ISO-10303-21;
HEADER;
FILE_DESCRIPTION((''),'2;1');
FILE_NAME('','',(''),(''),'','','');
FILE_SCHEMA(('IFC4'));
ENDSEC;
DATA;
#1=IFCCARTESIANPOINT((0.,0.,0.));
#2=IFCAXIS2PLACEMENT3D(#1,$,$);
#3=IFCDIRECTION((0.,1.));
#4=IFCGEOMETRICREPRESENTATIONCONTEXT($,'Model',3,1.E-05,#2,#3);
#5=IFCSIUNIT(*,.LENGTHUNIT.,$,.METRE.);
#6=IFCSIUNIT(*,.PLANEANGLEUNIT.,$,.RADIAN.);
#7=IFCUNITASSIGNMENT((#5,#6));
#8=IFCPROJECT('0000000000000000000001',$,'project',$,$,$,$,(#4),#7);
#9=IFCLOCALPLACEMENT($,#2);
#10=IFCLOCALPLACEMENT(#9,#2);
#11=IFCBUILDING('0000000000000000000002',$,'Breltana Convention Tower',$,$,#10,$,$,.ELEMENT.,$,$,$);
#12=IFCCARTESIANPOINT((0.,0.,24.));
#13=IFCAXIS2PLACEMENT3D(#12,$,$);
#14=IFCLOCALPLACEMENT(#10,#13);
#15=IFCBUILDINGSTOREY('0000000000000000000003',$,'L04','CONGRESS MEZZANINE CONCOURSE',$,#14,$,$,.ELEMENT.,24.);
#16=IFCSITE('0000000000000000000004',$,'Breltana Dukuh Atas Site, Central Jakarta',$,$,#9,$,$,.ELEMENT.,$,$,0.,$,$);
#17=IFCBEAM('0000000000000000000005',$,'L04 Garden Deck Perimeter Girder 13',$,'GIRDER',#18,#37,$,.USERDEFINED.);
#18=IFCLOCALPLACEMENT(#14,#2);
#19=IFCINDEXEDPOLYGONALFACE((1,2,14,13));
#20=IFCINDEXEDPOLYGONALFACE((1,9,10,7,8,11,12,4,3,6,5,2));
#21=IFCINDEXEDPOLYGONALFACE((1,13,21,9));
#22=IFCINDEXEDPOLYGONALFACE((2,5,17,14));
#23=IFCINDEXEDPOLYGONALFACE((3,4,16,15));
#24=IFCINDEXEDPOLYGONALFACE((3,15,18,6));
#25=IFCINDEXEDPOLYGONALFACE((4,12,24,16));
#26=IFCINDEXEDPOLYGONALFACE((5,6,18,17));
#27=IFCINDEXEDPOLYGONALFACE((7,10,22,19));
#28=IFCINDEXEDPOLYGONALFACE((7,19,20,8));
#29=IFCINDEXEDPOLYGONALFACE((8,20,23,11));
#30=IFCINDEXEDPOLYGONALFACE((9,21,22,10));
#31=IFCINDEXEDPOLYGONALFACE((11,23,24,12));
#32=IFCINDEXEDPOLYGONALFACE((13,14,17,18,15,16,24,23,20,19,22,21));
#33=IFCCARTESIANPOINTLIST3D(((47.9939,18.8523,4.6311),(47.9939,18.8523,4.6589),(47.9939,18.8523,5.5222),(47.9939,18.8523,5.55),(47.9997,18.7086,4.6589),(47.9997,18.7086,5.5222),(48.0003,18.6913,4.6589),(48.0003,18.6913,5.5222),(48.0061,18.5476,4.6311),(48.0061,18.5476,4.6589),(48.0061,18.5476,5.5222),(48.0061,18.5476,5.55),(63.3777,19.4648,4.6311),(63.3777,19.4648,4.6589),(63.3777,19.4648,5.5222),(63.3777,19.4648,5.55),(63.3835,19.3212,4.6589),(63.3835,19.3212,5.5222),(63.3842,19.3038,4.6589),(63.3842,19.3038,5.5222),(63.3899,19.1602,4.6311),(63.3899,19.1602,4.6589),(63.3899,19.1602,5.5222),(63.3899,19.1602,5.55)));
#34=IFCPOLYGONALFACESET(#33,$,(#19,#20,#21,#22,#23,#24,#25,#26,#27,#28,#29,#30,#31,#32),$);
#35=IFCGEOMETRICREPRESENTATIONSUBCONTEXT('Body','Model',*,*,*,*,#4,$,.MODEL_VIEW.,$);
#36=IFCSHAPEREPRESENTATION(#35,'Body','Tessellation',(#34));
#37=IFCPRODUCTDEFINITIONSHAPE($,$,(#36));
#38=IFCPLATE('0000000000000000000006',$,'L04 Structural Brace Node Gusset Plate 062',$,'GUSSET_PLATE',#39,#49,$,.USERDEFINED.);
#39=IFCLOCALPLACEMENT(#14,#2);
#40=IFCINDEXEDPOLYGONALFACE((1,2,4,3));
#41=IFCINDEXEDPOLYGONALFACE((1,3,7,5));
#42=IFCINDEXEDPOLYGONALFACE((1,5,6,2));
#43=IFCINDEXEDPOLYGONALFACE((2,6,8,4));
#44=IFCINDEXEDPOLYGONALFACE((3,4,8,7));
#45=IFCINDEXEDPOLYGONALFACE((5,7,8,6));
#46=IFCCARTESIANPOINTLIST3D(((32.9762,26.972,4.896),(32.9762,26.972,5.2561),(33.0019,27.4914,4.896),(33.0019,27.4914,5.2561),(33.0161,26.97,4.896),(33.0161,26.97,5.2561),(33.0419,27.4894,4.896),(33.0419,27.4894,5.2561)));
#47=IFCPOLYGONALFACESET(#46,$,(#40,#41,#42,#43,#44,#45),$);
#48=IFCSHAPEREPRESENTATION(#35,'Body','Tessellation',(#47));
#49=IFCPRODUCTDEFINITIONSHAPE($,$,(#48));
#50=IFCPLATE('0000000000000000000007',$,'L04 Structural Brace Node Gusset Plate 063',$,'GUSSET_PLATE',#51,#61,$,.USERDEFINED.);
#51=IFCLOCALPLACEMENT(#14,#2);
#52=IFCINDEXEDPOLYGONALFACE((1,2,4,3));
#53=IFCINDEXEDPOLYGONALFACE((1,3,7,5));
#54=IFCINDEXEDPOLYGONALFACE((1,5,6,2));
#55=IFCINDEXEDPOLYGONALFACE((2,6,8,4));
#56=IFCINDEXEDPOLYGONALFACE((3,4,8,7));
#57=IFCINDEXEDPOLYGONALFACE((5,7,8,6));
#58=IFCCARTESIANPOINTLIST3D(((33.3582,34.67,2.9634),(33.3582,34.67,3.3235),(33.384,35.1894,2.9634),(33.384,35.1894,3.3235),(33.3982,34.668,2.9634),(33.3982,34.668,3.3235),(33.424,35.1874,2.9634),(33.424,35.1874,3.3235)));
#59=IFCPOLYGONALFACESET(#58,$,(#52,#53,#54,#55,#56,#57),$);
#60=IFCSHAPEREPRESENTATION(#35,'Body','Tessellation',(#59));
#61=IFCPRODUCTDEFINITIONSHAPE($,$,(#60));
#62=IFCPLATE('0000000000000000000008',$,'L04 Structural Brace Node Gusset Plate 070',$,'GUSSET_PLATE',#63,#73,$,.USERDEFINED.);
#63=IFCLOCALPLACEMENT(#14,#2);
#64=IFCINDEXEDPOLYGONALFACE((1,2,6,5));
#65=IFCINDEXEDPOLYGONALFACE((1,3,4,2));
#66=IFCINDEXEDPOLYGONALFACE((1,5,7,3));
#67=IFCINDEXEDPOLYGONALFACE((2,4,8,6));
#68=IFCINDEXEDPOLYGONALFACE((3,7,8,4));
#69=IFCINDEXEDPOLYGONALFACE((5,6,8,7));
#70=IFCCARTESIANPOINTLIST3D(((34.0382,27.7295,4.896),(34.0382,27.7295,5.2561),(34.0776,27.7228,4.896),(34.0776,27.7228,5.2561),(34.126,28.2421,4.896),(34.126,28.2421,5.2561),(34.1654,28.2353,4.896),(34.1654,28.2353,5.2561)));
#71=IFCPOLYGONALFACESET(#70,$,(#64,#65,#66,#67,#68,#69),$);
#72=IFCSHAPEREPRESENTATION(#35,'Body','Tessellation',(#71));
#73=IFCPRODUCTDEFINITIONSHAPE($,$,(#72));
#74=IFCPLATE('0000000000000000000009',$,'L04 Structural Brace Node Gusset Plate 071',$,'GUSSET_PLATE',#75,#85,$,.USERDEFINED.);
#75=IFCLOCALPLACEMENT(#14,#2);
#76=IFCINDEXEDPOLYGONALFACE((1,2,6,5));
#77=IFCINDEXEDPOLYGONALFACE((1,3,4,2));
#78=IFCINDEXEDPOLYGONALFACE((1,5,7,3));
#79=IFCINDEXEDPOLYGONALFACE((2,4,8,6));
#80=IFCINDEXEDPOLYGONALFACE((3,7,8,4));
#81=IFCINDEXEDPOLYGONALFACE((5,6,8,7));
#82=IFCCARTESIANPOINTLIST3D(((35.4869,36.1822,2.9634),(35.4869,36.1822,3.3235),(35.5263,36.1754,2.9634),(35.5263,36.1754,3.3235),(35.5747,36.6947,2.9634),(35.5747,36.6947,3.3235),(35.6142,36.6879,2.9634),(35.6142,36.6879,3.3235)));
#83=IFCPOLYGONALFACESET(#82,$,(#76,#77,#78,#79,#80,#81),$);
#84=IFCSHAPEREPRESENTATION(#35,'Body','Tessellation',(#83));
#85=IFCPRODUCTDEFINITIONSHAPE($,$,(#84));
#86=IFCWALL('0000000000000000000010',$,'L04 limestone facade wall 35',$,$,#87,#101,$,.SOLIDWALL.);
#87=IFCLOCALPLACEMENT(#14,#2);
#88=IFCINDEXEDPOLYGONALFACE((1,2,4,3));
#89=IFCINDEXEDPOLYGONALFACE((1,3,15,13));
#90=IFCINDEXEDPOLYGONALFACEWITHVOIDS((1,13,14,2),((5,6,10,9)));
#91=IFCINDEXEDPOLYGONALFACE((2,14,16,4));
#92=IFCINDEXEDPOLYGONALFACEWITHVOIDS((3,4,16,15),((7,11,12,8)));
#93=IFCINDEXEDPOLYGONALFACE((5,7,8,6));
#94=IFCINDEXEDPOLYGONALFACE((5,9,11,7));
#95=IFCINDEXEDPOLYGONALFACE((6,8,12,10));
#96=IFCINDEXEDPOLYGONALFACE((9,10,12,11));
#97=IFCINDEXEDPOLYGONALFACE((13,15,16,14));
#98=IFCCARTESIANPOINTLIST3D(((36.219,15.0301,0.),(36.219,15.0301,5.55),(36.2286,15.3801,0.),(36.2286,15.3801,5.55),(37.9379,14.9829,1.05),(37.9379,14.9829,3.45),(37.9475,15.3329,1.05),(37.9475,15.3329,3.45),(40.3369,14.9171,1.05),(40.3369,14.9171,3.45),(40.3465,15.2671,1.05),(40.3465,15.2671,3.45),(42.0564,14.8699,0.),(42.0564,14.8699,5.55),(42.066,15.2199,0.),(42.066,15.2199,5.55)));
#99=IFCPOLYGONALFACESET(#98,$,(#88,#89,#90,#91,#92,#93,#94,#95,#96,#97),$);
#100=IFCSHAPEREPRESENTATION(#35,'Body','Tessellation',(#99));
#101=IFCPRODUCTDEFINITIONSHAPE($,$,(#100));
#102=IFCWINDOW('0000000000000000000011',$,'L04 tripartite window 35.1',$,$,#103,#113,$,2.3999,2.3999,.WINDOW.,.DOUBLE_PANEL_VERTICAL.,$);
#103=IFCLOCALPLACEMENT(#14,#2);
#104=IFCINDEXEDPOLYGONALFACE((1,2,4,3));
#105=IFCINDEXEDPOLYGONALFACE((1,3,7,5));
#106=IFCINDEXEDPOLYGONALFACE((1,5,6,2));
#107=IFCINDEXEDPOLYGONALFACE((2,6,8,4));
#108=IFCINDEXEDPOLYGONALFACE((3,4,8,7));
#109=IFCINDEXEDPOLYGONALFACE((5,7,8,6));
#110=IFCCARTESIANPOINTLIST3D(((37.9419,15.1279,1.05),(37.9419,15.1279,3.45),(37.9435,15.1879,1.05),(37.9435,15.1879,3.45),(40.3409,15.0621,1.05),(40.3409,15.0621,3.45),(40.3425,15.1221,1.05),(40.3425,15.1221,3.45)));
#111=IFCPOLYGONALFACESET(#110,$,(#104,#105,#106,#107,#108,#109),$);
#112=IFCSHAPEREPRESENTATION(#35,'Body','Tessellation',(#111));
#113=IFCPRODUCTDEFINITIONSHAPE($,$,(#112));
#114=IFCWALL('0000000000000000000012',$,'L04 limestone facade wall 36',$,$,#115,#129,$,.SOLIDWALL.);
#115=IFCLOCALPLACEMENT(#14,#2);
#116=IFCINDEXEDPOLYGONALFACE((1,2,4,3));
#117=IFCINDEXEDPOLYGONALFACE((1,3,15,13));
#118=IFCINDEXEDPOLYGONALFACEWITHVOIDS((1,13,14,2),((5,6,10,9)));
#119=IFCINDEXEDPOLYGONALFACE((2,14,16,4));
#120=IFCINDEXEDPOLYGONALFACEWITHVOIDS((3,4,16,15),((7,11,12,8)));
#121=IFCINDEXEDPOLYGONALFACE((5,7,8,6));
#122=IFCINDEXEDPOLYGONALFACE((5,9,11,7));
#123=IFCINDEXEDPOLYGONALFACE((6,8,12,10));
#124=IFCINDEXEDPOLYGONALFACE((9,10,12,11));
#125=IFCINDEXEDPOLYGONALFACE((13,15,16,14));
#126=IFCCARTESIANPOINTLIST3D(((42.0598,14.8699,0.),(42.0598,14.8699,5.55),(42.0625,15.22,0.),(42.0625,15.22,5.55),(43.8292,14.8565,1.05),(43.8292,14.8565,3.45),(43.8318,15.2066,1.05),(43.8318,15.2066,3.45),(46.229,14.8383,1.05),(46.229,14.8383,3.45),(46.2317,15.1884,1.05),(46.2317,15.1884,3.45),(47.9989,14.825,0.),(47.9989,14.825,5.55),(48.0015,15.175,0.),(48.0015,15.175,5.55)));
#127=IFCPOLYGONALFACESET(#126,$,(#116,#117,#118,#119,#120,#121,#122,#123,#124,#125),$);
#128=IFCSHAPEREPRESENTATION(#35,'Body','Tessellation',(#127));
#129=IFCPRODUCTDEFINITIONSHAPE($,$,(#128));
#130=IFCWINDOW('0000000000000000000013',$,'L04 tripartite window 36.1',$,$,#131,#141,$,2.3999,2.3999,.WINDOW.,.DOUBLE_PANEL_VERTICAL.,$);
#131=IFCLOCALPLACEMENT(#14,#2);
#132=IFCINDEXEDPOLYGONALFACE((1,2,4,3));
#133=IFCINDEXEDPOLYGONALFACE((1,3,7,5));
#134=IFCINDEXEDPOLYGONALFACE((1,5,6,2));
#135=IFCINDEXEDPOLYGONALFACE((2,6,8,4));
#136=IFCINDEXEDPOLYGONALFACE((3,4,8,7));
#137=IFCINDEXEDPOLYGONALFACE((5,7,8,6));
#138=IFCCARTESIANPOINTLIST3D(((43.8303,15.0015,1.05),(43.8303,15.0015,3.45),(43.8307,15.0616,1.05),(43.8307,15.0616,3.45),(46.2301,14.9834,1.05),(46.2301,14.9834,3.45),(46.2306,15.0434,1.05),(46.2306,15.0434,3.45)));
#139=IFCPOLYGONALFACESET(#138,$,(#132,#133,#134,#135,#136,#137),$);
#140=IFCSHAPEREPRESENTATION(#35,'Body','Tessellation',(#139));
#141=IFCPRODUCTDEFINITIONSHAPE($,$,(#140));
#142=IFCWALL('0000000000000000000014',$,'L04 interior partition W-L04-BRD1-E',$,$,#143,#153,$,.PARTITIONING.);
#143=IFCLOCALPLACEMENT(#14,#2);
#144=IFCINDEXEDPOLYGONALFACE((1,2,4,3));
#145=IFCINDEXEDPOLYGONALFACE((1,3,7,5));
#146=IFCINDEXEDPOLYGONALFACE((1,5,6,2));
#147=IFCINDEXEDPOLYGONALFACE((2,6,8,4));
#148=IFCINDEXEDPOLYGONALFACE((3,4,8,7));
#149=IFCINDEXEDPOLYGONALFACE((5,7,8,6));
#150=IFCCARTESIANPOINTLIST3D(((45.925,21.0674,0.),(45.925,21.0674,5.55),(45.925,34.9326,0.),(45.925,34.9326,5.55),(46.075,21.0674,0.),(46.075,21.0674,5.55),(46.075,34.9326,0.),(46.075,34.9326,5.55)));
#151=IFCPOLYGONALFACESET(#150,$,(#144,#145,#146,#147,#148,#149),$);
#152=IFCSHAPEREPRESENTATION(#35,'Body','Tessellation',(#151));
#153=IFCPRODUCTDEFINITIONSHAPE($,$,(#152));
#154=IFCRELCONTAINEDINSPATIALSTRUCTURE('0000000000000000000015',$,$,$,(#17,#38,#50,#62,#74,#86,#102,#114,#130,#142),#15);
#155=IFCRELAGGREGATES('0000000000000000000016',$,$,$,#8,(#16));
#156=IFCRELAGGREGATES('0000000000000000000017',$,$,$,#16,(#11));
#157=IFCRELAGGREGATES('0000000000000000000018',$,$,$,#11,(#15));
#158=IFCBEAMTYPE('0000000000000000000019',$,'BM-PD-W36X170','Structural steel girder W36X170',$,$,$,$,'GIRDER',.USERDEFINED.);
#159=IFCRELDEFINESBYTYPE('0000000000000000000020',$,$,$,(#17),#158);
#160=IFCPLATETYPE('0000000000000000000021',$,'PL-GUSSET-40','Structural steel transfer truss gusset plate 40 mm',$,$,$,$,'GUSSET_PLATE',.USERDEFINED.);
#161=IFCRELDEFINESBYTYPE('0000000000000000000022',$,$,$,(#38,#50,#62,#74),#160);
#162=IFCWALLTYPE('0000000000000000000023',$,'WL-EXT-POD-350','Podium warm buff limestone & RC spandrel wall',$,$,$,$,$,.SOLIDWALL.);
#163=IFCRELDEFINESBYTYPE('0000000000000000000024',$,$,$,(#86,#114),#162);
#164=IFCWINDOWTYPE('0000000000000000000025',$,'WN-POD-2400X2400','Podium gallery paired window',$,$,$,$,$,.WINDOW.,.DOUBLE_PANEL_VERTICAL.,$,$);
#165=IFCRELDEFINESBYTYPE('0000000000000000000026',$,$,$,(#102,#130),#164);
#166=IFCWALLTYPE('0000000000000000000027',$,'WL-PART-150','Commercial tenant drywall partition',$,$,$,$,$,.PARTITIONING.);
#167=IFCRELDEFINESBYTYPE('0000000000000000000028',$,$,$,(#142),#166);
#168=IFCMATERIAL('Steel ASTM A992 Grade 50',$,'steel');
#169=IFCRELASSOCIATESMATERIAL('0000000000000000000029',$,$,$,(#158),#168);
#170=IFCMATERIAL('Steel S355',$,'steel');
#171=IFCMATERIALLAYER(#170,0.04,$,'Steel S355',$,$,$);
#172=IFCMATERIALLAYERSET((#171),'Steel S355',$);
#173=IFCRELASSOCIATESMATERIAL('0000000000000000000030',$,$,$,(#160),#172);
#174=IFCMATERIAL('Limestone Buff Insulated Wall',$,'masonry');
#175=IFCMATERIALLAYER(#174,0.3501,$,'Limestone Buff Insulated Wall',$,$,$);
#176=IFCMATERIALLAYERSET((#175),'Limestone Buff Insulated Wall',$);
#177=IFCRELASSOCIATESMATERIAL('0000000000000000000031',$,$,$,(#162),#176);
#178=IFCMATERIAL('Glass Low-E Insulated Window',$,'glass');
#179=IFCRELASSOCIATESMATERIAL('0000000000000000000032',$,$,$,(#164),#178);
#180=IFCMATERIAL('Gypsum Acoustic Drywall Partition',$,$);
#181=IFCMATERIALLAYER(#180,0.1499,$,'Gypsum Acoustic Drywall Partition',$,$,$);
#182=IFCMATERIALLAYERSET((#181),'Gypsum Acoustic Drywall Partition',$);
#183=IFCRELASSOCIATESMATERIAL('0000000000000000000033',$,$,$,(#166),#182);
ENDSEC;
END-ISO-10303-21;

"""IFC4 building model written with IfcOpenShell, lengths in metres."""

from ifc_helpers import new_model, si_unit, direction, frame, frame_2d, origin, origin_2d, place, context, subcontext, project, spatial, rectangle, i_section, extrude, source, transform, mapped, material, layer, layer_set, material_profile, profile_set, type_object, type_shapes, element, fill, save


model = new_model("IFC4")

# Units and contexts
model_context = context("Model", 3, precision=1e-05, world=origin(), true_north=direction((0.0, 1.0)))
body_context = subcontext(model_context, "Body", "Model", "MODEL_VIEW")
ifc_project = project(units=[si_unit("LENGTHUNIT", "METRE"), si_unit("PLANEANGLEUNIT", "RADIAN")], contexts=[model_context])

# Site, building, storey
site_placement = place(None, origin())
site = spatial("IfcSite", under=ifc_project, at=site_placement, Name="Breltana Dukuh Atas Site, Central Jakarta", CompositionType="ELEMENT", RefElevation=0.0)
building_placement = place(site_placement, origin())
building = spatial("IfcBuilding", under=site, at=building_placement, Name="Breltana Convention Tower", CompositionType="ELEMENT")
storey_placement = place(building_placement, frame((0.0, 0.0, 24.0)))
storey = spatial("IfcBuildingStorey", under=building, at=storey_placement, Name="L04", Description="CONGRESS MEZZANINE CONCOURSE", CompositionType="ELEMENT", Elevation=24.0)

# Shared definitions
ifc_material_1 = material(Name="Steel ASTM A992 Grade 50", Category="steel")

# Beam
ifc_material_profile_1 = material_profile(ifc_material_1, i_section(OverallWidth=0.3049, OverallDepth=0.9189, WebThickness=0.0173, FlangeThickness=0.0278, at=origin_2d()), Name="W36X170")
ifc_profile_set_1 = profile_set([ifc_material_profile_1], Name="Steel ASTM A992 Grade 50")
beam_type_1 = type_object("IfcBeamType", Name="BM-PD-W36X170", Description="Structural steel girder W36X170", ElementType="GIRDER", PredefinedType="USERDEFINED", material=ifc_profile_set_1)
shared_shape_1 = source(origin(), body_context, "Body", "SweptSolid", [
    extrude(i_section(OverallWidth=0.3049, OverallDepth=0.9189, WebThickness=0.0173, FlangeThickness=0.0278, at=origin_2d()), origin(), (0.0, 0.0, 1.0), 15.396),
])
beam_1_placement = place(storey_placement, frame((48.0, 18.7, 5.0906), z_axis=(0.999208, 0.039786, 0.0), x_axis=(-0.039786, 0.999208, 0.0)))
element("IfcBeam", 1, at=beam_1_placement, inside=storey, type_object=beam_type_1, Name="L04 Garden Deck Perimeter Girder 13", ObjectType="GIRDER", PredefinedType="USERDEFINED", context=body_context, shape_type="MappedRepresentation", body=[
    mapped(shared_shape_1, transform((0.0, 0.0, 0.0), scale=1.0)),
])

# Plates
ifc_material_2 = material(Name="Steel S355", Category="steel")
ifc_layer_1 = layer(ifc_material_2, 0.04, Name="Steel S355")
ifc_layer_set_1 = layer_set([ifc_layer_1], Name="Steel S355")
plate_type = type_object("IfcPlateType", Name="PL-GUSSET-40", Description="Structural steel transfer truss gusset plate 40 mm", ElementType="GUSSET_PLATE", PredefinedType="USERDEFINED", material=ifc_layer_set_1)
shared_shape_2 = source(origin(), body_context, "Body", "SweptSolid", [
    extrude(rectangle(XDim=0.52, YDim=0.04, at=origin_2d()), origin(), (0.0, 0.0, 1.0), 0.3601),
])
for number, where, z_axis, x_axis, name in (
    (2, (33.009, 27.2307, 4.896), (0.0, 0.0, 1.0), (0.049547, 0.998772, 0.0), "L04 Structural Brace Node Gusset Plate 062"),
    (3, (33.3911, 34.9287, 2.9634), (0.0, 0.0, 1.0), (0.049547, 0.998772, 0.0), "L04 Structural Brace Node Gusset Plate 063"),
    (4, (34.1018, 27.9824, 4.896), (0.0, 0.0, 1.0), (0.168833, 0.985645, 0.0), "L04 Structural Brace Node Gusset Plate 070"),
    (5, (35.5505, 36.4351, 2.9634), (0.0, 0.0, 1.0), (0.169005, 0.985615, 0.0), "L04 Structural Brace Node Gusset Plate 071"),
):
    element("IfcPlate", number, at=place(storey_placement, frame(where, z_axis=z_axis, x_axis=x_axis)), inside=storey, type_object=plate_type, Name=name, ObjectType="GUSSET_PLATE", PredefinedType="USERDEFINED", context=body_context, shape_type="MappedRepresentation", body=[
        mapped(shared_shape_2, transform((0.0, 0.0, 0.0), scale=1.0)),
    ])

# Walls, openings, windows
ifc_material_3 = material(Name="Limestone Buff Insulated Wall", Category="masonry")
ifc_layer_2 = layer(ifc_material_3, 0.3501, Name="Limestone Buff Insulated Wall")
ifc_layer_set_2 = layer_set([ifc_layer_2], Name="Limestone Buff Insulated Wall")
wall_type_1 = type_object("IfcWallType", Name="WL-EXT-POD-350", Description="Podium warm buff limestone & RC spandrel wall", PredefinedType="SOLIDWALL", material=ifc_layer_set_2)
shared_shape_3 = source(origin(), body_context, "Body", "SweptSolid", [
    extrude(rectangle(XDim=5.8396, YDim=0.3501, at=frame_2d((2.9199, 0.0))), origin(), (0.0, 0.0, 1.0), 5.55),
])
wall_1_placement = place(storey_placement, frame((36.2236, 15.2051, 0.0), z_axis=(0.0, 0.0, 1.0), x_axis=(0.999624, -0.027426, 0.0)))
wall_1 = element("IfcWall", 6, at=wall_1_placement, inside=storey, type_object=wall_type_1, Name="L04 limestone facade wall 35", PredefinedType="SOLIDWALL", context=body_context, shape_type="MappedRepresentation", body=[
    mapped(shared_shape_3, transform((0.0, 0.0, 0.0), scale=1.0)),
])
opening_1_placement = place(wall_1_placement, frame((1.7197, 0.0, 1.05)))
opening_1 = element("IfcOpeningElement", 7, at=opening_1_placement, cuts=wall_1, PredefinedType="OPENING", context=body_context, shape_type="SweptSolid", body=[
    extrude(rectangle(XDim=2.3999, YDim=2.3999, at=frame_2d((1.2, 1.2))), frame((0.0, 0.1851, 0.0), z_axis=(0.0, -1.0, 0.0), x_axis=(1.0, 0.0, 0.0)), (0.0, 0.0, 1.0), 0.3701),
])
ifc_material_4 = material(Name="Glass Low-E Insulated Window", Category="glass")
window_type = type_object("IfcWindowType", Name="WN-POD-2400X2400", Description="Podium gallery paired window", PartitioningType="DOUBLE_PANEL_VERTICAL", PredefinedType="WINDOW", material=ifc_material_4)
shared_shape_4 = source(origin(), body_context, "Body", "SweptSolid", [
    extrude(rectangle(XDim=2.3999, YDim=2.3999, at=frame_2d((1.2, 1.2))), frame((0.0, 0.03, 0.0), z_axis=(0.0, -1.0, 0.0), x_axis=(1.0, 0.0, 0.0)), (0.0, 0.0, 1.0), 0.0601),
])
type_shapes(window_type, [shared_shape_4])
window_1_placement = place(opening_1_placement, origin())
window_1 = element("IfcWindow", 8, at=window_1_placement, inside=storey, type_object=window_type, Name="L04 tripartite window 35.1", OverallHeight=2.3999, OverallWidth=2.3999, PartitioningType="DOUBLE_PANEL_VERTICAL", PredefinedType="WINDOW", context=body_context, shape_type="MappedRepresentation", body=[
    mapped(shared_shape_4, transform((0.0, 0.0, 0.0), scale=1.0)),
])
fill(opening_1, window_1)
shared_shape_5 = source(origin(), body_context, "Body", "SweptSolid", [
    extrude(rectangle(XDim=5.9392, YDim=0.3501, at=frame_2d((2.9697, 0.0))), origin(), (0.0, 0.0, 1.0), 5.55),
])
wall_2_placement = place(storey_placement, frame((42.061, 15.0449, 0.0), z_axis=(0.0, 0.0, 1.0), x_axis=(0.999971, -0.007564, 0.0)))
wall_2 = element("IfcWall", 9, at=wall_2_placement, inside=storey, type_object=wall_type_1, Name="L04 limestone facade wall 36", PredefinedType="SOLIDWALL", context=body_context, shape_type="MappedRepresentation", body=[
    mapped(shared_shape_5, transform((0.0, 0.0, 0.0), scale=1.0)),
])
opening_2_placement = place(wall_2_placement, frame((1.7695, 0.0, 1.05)))
opening_2 = element("IfcOpeningElement", 10, at=opening_2_placement, cuts=wall_2, PredefinedType="OPENING", context=body_context, shape_type="SweptSolid", body=[
    extrude(rectangle(XDim=2.3999, YDim=2.3999, at=frame_2d((1.2, 1.2))), frame((0.0, 0.1851, 0.0), z_axis=(0.0, -1.0, 0.0), x_axis=(1.0, 0.0, 0.0)), (0.0, 0.0, 1.0), 0.3701),
])
window_2_placement = place(opening_2_placement, origin())
window_2 = element("IfcWindow", 11, at=window_2_placement, inside=storey, type_object=window_type, Name="L04 tripartite window 36.1", OverallHeight=2.3999, OverallWidth=2.3999, PartitioningType="DOUBLE_PANEL_VERTICAL", PredefinedType="WINDOW", context=body_context, shape_type="MappedRepresentation", body=[
    mapped(shared_shape_4, transform((0.0, 0.0, 0.0), scale=1.0)),
])
fill(opening_2, window_2)

# Wall
ifc_material_5 = material(Name="Gypsum Acoustic Drywall Partition")
ifc_layer_3 = layer(ifc_material_5, 0.1499, Name="Gypsum Acoustic Drywall Partition")
ifc_layer_set_3 = layer_set([ifc_layer_3], Name="Gypsum Acoustic Drywall Partition")
wall_type_2 = type_object("IfcWallType", Name="WL-PART-150", Description="Commercial tenant drywall partition", PredefinedType="PARTITIONING", material=ifc_layer_set_3)
shared_shape_6 = source(origin(), body_context, "Body", "SweptSolid", [
    extrude(rectangle(XDim=13.8652, YDim=0.1499, at=frame_2d((6.9326, 0.0))), origin(), (0.0, 0.0, 1.0), 5.55),
])
wall_3_placement = place(storey_placement, frame((46.0, 21.0674, 0.0), z_axis=(0.0, 0.0, 1.0), x_axis=(0.0, 1.0, 0.0)))
element("IfcWall", 12, at=wall_3_placement, inside=storey, type_object=wall_type_2, Name="L04 interior partition W-L04-BRD1-E", PredefinedType="PARTITIONING", context=body_context, shape_type="MappedRepresentation", body=[
    mapped(shared_shape_6, transform((0.0, 0.0, 0.0), scale=1.0)),
])

save(model, "model.ifc")
